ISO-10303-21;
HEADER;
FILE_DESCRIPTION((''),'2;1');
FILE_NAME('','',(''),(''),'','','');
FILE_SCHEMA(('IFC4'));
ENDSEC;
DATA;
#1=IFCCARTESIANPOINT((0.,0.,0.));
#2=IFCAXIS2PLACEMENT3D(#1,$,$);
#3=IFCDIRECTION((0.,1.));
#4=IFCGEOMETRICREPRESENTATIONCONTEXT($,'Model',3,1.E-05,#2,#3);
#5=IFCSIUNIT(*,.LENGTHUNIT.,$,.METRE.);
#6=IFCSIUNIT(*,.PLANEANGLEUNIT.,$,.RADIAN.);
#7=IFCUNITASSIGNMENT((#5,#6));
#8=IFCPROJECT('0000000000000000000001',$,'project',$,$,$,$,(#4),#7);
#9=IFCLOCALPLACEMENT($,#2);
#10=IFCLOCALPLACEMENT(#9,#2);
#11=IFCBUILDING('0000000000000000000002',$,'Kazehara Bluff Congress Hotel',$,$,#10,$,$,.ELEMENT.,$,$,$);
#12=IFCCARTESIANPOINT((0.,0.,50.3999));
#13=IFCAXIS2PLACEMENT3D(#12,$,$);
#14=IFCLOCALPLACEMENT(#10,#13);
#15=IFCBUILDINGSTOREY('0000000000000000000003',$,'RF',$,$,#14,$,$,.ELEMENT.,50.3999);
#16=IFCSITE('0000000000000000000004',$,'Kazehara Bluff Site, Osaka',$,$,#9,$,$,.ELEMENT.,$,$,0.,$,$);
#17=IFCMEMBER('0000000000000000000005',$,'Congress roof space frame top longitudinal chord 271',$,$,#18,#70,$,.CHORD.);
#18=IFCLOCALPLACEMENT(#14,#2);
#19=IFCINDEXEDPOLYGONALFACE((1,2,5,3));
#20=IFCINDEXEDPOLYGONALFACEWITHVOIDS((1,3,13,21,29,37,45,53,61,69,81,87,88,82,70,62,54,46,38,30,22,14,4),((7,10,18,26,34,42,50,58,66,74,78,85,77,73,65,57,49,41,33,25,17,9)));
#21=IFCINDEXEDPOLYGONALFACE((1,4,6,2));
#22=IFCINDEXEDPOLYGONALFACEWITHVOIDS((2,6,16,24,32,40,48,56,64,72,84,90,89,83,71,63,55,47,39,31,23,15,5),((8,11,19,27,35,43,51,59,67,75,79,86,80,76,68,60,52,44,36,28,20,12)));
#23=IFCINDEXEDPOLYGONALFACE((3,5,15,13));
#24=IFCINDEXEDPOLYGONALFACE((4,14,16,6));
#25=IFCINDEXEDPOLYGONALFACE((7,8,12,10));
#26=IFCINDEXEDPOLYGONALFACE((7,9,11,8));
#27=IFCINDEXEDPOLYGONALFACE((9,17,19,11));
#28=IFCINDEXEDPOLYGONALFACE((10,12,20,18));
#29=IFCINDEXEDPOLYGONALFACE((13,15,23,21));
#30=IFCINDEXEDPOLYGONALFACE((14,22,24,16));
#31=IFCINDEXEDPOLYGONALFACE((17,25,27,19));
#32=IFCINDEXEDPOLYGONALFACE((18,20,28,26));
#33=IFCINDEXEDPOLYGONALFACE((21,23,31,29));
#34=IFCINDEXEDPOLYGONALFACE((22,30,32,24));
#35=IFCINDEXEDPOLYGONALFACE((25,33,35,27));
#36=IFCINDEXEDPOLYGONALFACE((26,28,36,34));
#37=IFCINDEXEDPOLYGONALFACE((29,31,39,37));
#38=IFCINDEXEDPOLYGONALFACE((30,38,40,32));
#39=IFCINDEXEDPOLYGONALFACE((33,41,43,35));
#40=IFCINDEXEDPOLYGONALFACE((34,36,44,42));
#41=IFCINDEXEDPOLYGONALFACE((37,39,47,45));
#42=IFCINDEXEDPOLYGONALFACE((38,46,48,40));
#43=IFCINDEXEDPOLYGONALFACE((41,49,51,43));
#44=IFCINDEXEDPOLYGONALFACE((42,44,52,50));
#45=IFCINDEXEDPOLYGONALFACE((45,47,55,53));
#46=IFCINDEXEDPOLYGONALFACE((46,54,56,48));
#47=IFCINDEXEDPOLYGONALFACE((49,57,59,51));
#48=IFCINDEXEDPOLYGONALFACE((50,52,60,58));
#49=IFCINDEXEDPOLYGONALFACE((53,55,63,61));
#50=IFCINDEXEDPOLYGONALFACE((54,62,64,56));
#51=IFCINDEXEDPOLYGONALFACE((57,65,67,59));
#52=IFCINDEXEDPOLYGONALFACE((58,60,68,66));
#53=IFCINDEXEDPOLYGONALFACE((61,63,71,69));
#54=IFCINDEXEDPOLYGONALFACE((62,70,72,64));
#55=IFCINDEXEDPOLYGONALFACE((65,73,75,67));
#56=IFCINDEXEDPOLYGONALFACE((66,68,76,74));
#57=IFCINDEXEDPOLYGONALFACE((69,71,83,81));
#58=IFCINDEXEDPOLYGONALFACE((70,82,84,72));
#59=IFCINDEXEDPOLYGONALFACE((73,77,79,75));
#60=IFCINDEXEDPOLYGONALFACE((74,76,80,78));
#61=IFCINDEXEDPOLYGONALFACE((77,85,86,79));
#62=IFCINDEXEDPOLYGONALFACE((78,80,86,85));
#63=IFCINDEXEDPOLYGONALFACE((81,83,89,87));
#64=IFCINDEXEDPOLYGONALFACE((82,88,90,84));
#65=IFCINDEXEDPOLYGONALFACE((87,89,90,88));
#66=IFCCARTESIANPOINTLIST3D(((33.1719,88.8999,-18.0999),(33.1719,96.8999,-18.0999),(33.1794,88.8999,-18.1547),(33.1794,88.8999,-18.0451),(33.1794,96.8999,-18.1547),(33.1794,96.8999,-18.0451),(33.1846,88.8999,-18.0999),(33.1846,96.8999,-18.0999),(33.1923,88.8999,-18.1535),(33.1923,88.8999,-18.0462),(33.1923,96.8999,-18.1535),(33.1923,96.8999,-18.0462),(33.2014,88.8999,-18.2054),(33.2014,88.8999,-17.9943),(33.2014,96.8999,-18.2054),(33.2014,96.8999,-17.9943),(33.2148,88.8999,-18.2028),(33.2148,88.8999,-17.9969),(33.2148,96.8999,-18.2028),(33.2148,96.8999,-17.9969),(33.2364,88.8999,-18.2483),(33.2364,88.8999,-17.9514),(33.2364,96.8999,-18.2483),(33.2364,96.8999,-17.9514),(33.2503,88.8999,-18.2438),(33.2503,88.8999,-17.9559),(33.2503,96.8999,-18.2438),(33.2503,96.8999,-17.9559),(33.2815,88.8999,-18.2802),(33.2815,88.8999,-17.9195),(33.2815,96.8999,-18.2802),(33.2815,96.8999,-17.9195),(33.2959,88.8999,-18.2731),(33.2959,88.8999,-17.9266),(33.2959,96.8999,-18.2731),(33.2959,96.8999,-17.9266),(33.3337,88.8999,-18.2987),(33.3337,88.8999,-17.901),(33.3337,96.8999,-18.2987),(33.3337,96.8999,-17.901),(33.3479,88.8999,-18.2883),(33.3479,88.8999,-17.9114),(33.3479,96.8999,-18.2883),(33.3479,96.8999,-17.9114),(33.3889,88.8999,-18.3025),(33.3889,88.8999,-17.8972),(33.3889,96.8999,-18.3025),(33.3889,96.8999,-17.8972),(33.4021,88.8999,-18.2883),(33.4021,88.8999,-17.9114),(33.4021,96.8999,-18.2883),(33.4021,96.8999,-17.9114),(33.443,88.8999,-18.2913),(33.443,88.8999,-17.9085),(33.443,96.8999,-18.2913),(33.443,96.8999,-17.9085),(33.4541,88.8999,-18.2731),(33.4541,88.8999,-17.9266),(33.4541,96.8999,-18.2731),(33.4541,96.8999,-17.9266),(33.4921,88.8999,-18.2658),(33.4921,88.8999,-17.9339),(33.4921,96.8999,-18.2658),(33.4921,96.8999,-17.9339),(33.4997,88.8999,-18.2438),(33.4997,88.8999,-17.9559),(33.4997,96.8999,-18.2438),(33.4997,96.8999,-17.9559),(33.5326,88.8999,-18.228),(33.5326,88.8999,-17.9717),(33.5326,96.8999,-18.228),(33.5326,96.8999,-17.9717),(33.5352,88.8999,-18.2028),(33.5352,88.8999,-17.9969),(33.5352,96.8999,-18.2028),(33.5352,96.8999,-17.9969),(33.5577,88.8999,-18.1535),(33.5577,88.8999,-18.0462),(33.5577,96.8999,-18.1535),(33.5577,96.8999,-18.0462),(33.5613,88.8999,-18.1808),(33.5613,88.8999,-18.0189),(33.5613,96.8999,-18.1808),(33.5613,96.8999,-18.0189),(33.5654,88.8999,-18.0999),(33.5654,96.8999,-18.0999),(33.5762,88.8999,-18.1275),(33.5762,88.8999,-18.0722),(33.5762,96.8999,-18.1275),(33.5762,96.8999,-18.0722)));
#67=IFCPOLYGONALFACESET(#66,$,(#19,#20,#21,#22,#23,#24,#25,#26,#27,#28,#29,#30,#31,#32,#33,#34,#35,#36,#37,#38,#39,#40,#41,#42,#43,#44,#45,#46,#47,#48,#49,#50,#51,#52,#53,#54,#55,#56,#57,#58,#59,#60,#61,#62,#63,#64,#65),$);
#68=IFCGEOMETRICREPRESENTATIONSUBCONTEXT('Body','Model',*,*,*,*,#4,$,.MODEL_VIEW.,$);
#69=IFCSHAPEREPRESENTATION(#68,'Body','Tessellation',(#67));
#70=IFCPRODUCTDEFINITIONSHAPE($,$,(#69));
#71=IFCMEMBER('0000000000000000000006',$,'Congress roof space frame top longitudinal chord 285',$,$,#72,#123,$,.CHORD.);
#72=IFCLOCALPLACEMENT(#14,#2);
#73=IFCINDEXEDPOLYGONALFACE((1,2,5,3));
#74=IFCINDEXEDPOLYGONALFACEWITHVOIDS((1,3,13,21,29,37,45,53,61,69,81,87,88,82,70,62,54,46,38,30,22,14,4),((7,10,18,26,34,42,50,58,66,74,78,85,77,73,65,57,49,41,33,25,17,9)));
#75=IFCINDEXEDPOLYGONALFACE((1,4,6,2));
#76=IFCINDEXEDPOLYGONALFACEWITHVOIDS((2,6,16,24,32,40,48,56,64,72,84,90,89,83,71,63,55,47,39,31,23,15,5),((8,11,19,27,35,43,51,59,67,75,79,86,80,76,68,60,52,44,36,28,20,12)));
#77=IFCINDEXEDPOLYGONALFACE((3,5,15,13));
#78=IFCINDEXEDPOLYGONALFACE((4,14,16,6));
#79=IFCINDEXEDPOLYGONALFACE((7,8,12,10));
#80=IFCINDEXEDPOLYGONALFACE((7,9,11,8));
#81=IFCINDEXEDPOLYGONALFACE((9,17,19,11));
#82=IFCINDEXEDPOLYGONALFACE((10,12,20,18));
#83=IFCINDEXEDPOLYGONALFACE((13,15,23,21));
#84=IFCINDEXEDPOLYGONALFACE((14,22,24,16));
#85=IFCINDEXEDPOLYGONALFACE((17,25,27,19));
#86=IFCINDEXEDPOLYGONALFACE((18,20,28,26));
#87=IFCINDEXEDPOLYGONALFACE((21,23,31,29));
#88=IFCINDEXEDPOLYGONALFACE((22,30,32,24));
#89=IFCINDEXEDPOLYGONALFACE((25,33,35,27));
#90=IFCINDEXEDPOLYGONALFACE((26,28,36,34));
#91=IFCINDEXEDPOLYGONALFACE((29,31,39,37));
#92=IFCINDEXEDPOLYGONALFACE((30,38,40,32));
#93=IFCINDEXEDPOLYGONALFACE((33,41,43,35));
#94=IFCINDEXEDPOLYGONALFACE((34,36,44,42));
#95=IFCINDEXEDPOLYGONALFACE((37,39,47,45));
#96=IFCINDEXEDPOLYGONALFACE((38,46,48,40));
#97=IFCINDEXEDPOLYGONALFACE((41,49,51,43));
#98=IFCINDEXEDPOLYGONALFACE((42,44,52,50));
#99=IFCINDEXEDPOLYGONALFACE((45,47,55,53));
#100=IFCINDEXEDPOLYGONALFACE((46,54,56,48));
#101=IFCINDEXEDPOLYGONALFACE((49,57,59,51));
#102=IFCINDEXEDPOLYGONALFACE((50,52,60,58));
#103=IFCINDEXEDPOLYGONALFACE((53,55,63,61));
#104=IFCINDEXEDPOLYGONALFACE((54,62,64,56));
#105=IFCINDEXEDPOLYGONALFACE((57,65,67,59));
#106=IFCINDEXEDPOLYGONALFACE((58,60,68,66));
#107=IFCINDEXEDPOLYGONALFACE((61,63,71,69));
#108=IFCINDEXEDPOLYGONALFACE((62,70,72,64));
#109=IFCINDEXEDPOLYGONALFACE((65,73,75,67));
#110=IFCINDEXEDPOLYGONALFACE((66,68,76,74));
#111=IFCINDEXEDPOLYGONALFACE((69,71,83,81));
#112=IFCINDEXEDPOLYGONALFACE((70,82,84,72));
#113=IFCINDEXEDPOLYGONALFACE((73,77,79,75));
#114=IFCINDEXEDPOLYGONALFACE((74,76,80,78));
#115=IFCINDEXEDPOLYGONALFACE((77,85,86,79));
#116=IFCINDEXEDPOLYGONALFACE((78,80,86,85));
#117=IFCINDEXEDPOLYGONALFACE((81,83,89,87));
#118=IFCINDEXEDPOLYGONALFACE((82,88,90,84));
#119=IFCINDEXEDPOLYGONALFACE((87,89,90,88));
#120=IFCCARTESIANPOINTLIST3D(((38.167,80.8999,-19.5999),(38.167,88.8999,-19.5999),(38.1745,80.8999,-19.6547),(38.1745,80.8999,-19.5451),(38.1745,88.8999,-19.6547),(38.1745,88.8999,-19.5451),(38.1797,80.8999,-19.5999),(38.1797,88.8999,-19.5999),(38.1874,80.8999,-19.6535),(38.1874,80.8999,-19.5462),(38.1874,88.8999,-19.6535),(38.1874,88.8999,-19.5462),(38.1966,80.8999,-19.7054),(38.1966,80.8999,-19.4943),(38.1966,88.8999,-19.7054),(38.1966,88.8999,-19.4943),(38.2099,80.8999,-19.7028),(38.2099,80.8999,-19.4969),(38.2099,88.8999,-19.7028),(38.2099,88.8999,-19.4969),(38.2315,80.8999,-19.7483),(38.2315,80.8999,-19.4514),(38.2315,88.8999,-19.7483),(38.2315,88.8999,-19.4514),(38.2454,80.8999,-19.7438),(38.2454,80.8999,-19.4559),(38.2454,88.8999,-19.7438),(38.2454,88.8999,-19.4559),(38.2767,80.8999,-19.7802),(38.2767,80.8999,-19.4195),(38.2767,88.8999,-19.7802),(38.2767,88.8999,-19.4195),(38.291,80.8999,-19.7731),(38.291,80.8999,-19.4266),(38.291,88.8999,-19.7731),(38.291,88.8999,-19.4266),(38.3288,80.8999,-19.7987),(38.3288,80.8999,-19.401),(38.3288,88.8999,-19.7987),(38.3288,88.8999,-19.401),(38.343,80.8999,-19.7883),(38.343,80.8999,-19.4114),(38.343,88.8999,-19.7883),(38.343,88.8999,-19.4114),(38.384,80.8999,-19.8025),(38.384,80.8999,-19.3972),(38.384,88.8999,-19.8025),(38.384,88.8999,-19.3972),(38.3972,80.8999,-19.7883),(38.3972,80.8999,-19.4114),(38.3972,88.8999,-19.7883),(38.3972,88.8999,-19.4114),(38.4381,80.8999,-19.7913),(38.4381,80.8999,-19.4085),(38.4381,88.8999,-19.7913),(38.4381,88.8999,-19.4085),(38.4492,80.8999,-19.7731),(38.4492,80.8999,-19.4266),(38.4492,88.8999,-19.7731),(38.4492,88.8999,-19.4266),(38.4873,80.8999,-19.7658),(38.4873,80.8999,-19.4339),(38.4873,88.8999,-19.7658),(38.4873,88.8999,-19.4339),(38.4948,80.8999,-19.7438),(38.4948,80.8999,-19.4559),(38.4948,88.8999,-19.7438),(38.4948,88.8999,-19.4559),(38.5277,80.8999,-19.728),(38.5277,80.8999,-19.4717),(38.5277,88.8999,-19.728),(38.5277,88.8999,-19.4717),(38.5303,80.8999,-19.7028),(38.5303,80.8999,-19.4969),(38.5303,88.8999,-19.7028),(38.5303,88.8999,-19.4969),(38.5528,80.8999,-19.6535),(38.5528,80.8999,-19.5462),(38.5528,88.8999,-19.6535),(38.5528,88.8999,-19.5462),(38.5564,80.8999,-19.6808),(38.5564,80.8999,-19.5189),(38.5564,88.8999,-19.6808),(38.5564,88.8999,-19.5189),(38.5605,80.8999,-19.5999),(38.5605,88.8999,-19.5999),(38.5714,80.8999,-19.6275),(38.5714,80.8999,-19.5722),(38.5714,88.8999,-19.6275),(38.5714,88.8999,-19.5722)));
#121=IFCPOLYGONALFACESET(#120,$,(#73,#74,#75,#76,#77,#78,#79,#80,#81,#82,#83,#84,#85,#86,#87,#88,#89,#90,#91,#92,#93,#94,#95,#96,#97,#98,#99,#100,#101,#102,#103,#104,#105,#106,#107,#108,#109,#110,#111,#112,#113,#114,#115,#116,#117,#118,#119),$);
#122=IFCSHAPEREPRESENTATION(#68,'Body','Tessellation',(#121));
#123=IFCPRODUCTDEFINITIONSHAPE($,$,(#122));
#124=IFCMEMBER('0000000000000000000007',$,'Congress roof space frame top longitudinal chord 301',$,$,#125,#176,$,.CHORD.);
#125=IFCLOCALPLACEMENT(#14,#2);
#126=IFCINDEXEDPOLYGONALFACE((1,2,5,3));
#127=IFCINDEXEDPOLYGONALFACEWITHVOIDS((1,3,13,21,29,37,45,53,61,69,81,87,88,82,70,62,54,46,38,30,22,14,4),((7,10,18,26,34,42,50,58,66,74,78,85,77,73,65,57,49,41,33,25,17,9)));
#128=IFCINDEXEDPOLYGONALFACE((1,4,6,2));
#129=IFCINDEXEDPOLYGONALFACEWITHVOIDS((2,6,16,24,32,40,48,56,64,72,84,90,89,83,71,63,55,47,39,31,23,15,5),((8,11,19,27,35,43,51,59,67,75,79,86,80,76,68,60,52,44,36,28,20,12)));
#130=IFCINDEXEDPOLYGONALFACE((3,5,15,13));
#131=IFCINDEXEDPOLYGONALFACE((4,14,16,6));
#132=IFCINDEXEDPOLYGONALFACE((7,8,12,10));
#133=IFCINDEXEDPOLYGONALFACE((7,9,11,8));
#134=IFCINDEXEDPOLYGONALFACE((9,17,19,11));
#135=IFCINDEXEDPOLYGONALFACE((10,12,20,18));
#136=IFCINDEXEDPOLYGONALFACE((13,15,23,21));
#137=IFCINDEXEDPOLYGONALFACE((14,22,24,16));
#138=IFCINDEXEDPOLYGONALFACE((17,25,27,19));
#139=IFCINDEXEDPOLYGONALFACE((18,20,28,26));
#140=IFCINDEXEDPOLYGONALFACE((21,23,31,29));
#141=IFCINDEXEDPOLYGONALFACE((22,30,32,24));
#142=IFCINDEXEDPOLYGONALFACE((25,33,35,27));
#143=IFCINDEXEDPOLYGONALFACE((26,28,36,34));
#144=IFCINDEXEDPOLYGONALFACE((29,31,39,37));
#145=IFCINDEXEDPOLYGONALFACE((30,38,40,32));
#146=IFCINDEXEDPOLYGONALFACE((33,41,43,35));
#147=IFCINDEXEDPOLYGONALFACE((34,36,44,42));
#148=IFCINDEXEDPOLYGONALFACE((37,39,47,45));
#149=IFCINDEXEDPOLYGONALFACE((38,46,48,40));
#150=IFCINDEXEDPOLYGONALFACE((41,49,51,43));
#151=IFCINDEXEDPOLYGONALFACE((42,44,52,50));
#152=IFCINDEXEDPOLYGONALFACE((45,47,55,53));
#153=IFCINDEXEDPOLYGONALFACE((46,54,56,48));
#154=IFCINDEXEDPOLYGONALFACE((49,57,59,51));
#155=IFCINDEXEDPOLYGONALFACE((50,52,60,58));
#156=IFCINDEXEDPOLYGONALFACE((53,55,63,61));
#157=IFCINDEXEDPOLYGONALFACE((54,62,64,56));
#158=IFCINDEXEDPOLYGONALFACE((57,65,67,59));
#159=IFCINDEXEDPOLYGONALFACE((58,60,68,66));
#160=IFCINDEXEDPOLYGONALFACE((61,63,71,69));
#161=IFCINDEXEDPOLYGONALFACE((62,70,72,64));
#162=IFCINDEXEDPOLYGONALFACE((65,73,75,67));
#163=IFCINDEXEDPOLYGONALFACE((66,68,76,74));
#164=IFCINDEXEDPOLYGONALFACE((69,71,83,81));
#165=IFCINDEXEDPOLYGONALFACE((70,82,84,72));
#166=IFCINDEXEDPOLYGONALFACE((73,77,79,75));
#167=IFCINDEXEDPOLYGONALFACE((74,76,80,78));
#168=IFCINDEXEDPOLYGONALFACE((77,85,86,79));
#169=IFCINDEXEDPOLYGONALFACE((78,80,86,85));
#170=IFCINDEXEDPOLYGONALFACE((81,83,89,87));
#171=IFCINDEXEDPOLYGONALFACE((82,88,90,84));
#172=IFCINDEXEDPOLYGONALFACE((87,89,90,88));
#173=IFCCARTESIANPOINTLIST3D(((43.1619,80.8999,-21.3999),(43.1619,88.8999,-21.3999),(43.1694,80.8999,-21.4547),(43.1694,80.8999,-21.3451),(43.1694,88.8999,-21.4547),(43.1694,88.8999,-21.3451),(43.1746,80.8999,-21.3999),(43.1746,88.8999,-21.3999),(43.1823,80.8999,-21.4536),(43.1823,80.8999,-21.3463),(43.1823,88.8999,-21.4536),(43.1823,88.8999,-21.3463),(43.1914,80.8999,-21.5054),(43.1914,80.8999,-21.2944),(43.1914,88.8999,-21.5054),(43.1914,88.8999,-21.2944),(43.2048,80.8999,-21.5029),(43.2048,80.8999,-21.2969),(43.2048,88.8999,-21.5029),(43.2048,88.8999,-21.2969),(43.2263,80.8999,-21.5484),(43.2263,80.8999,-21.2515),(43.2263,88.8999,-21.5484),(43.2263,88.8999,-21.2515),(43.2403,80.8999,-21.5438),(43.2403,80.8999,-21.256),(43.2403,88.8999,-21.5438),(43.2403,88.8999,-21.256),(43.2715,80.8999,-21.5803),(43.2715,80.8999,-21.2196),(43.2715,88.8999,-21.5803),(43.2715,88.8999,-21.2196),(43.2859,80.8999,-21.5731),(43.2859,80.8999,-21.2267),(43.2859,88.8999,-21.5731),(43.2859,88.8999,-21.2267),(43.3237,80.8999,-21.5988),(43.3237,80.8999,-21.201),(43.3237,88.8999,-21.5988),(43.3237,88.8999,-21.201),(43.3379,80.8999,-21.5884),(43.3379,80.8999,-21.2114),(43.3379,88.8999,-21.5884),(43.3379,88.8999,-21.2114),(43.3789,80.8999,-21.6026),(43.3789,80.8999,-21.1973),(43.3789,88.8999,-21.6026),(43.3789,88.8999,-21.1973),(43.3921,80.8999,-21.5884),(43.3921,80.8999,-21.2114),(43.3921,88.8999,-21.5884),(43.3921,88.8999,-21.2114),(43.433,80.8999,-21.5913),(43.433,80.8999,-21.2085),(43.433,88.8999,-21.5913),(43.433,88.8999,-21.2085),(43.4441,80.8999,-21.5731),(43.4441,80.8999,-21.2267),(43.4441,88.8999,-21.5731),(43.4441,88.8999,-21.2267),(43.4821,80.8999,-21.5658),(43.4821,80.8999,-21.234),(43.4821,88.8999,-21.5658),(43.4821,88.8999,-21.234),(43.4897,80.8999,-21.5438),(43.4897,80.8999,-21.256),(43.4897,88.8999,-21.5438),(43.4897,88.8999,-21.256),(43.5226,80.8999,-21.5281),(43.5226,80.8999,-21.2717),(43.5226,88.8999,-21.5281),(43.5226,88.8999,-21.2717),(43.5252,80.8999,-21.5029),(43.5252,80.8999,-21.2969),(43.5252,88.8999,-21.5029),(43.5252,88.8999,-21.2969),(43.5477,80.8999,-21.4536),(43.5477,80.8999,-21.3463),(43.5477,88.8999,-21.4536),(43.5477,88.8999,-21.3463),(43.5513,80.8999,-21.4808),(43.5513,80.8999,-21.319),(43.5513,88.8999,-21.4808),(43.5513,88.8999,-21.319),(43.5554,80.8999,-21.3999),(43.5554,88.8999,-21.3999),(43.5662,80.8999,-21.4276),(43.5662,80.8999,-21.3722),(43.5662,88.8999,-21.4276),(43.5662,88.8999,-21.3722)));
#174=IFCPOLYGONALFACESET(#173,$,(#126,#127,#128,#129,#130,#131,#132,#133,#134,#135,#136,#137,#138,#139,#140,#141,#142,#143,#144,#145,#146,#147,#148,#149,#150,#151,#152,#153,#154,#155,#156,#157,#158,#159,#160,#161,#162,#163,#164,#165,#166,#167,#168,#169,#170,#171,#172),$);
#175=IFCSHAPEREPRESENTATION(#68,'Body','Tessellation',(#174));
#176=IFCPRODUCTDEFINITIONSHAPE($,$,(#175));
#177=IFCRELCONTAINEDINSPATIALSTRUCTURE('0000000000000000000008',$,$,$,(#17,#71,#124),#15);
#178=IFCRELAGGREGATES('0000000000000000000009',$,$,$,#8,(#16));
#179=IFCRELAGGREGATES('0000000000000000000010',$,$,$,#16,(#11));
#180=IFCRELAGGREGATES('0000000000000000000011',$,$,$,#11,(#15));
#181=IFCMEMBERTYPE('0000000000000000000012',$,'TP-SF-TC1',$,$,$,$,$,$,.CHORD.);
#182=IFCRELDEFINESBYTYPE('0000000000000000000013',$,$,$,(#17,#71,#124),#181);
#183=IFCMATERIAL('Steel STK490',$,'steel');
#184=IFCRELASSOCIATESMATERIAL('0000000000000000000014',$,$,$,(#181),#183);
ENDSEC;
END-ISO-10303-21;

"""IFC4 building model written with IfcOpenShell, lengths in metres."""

from ifc_helpers import new_model, si_unit, direction, frame, origin, origin_2d, place, context, subcontext, project, spatial, hollow_circle, extrude, material, material_profile, profile_set, type_object, element, save


model = new_model("IFC4")

# Units and contexts
model_context = context("Model", 3, precision=1e-05, world=origin(), true_north=direction((0.0, 1.0)))
body_context = subcontext(model_context, "Body", "Model", "MODEL_VIEW")
ifc_project = project(units=[si_unit("LENGTHUNIT", "METRE"), si_unit("PLANEANGLEUNIT", "RADIAN")], contexts=[model_context])

# Site, building, storey
site_placement = place(None, origin())
site = spatial("IfcSite", under=ifc_project, at=site_placement, Name="Kazehara Bluff Site, Osaka", CompositionType="ELEMENT", RefElevation=0.0)
building_placement = place(site_placement, origin())
building = spatial("IfcBuilding", under=site, at=building_placement, Name="Kazehara Bluff Congress Hotel", CompositionType="ELEMENT")
storey_placement = place(building_placement, frame((0.0, 0.0, 50.3999)))
storey = spatial("IfcBuildingStorey", under=building, at=storey_placement, Name="RF", CompositionType="ELEMENT", Elevation=50.3999)

# Members
ifc_material_1 = material(Name="Steel STK490", Category="steel")
ifc_material_profile_1 = material_profile(ifc_material_1, hollow_circle(Radius=0.2031, WallThickness=0.0127, at=origin_2d()))
ifc_profile_set_1 = profile_set([ifc_material_profile_1], Name="Steel STK490")
member_type_1 = type_object("IfcMemberType", Name="TP-SF-TC1", PredefinedType="CHORD", material=ifc_profile_set_1)
for number, where, z_axis, x_axis, name in (
    (1, (33.375, 88.8999, -18.0999), (0.0, 1.0, 0.0), (-1.0, 0.0, 0.0), "Congress roof space frame top longitudinal chord 271"),
    (2, (38.3701, 80.8999, -19.5999), (0.0, 1.0, 0.0), (-1.0, 0.0, 0.0), "Congress roof space frame top longitudinal chord 285"),
    (3, (43.365, 80.8999, -21.3999), (0.0, 1.0, 0.0), (-1.0, 0.0, 0.0), "Congress roof space frame top longitudinal chord 301"),
):
    element("IfcMember", number, at=place(storey_placement, frame(where, z_axis=z_axis, x_axis=x_axis)), inside=storey, type_object=member_type_1, Name=name, PredefinedType="CHORD", context=body_context, shape_type="SweptSolid", body=[
        extrude(hollow_circle(Radius=0.2031, WallThickness=0.0127, at=origin_2d()), origin(), (0.0, 0.0, 1.0), 8.0),
    ])

save(model, "model.ifc")
